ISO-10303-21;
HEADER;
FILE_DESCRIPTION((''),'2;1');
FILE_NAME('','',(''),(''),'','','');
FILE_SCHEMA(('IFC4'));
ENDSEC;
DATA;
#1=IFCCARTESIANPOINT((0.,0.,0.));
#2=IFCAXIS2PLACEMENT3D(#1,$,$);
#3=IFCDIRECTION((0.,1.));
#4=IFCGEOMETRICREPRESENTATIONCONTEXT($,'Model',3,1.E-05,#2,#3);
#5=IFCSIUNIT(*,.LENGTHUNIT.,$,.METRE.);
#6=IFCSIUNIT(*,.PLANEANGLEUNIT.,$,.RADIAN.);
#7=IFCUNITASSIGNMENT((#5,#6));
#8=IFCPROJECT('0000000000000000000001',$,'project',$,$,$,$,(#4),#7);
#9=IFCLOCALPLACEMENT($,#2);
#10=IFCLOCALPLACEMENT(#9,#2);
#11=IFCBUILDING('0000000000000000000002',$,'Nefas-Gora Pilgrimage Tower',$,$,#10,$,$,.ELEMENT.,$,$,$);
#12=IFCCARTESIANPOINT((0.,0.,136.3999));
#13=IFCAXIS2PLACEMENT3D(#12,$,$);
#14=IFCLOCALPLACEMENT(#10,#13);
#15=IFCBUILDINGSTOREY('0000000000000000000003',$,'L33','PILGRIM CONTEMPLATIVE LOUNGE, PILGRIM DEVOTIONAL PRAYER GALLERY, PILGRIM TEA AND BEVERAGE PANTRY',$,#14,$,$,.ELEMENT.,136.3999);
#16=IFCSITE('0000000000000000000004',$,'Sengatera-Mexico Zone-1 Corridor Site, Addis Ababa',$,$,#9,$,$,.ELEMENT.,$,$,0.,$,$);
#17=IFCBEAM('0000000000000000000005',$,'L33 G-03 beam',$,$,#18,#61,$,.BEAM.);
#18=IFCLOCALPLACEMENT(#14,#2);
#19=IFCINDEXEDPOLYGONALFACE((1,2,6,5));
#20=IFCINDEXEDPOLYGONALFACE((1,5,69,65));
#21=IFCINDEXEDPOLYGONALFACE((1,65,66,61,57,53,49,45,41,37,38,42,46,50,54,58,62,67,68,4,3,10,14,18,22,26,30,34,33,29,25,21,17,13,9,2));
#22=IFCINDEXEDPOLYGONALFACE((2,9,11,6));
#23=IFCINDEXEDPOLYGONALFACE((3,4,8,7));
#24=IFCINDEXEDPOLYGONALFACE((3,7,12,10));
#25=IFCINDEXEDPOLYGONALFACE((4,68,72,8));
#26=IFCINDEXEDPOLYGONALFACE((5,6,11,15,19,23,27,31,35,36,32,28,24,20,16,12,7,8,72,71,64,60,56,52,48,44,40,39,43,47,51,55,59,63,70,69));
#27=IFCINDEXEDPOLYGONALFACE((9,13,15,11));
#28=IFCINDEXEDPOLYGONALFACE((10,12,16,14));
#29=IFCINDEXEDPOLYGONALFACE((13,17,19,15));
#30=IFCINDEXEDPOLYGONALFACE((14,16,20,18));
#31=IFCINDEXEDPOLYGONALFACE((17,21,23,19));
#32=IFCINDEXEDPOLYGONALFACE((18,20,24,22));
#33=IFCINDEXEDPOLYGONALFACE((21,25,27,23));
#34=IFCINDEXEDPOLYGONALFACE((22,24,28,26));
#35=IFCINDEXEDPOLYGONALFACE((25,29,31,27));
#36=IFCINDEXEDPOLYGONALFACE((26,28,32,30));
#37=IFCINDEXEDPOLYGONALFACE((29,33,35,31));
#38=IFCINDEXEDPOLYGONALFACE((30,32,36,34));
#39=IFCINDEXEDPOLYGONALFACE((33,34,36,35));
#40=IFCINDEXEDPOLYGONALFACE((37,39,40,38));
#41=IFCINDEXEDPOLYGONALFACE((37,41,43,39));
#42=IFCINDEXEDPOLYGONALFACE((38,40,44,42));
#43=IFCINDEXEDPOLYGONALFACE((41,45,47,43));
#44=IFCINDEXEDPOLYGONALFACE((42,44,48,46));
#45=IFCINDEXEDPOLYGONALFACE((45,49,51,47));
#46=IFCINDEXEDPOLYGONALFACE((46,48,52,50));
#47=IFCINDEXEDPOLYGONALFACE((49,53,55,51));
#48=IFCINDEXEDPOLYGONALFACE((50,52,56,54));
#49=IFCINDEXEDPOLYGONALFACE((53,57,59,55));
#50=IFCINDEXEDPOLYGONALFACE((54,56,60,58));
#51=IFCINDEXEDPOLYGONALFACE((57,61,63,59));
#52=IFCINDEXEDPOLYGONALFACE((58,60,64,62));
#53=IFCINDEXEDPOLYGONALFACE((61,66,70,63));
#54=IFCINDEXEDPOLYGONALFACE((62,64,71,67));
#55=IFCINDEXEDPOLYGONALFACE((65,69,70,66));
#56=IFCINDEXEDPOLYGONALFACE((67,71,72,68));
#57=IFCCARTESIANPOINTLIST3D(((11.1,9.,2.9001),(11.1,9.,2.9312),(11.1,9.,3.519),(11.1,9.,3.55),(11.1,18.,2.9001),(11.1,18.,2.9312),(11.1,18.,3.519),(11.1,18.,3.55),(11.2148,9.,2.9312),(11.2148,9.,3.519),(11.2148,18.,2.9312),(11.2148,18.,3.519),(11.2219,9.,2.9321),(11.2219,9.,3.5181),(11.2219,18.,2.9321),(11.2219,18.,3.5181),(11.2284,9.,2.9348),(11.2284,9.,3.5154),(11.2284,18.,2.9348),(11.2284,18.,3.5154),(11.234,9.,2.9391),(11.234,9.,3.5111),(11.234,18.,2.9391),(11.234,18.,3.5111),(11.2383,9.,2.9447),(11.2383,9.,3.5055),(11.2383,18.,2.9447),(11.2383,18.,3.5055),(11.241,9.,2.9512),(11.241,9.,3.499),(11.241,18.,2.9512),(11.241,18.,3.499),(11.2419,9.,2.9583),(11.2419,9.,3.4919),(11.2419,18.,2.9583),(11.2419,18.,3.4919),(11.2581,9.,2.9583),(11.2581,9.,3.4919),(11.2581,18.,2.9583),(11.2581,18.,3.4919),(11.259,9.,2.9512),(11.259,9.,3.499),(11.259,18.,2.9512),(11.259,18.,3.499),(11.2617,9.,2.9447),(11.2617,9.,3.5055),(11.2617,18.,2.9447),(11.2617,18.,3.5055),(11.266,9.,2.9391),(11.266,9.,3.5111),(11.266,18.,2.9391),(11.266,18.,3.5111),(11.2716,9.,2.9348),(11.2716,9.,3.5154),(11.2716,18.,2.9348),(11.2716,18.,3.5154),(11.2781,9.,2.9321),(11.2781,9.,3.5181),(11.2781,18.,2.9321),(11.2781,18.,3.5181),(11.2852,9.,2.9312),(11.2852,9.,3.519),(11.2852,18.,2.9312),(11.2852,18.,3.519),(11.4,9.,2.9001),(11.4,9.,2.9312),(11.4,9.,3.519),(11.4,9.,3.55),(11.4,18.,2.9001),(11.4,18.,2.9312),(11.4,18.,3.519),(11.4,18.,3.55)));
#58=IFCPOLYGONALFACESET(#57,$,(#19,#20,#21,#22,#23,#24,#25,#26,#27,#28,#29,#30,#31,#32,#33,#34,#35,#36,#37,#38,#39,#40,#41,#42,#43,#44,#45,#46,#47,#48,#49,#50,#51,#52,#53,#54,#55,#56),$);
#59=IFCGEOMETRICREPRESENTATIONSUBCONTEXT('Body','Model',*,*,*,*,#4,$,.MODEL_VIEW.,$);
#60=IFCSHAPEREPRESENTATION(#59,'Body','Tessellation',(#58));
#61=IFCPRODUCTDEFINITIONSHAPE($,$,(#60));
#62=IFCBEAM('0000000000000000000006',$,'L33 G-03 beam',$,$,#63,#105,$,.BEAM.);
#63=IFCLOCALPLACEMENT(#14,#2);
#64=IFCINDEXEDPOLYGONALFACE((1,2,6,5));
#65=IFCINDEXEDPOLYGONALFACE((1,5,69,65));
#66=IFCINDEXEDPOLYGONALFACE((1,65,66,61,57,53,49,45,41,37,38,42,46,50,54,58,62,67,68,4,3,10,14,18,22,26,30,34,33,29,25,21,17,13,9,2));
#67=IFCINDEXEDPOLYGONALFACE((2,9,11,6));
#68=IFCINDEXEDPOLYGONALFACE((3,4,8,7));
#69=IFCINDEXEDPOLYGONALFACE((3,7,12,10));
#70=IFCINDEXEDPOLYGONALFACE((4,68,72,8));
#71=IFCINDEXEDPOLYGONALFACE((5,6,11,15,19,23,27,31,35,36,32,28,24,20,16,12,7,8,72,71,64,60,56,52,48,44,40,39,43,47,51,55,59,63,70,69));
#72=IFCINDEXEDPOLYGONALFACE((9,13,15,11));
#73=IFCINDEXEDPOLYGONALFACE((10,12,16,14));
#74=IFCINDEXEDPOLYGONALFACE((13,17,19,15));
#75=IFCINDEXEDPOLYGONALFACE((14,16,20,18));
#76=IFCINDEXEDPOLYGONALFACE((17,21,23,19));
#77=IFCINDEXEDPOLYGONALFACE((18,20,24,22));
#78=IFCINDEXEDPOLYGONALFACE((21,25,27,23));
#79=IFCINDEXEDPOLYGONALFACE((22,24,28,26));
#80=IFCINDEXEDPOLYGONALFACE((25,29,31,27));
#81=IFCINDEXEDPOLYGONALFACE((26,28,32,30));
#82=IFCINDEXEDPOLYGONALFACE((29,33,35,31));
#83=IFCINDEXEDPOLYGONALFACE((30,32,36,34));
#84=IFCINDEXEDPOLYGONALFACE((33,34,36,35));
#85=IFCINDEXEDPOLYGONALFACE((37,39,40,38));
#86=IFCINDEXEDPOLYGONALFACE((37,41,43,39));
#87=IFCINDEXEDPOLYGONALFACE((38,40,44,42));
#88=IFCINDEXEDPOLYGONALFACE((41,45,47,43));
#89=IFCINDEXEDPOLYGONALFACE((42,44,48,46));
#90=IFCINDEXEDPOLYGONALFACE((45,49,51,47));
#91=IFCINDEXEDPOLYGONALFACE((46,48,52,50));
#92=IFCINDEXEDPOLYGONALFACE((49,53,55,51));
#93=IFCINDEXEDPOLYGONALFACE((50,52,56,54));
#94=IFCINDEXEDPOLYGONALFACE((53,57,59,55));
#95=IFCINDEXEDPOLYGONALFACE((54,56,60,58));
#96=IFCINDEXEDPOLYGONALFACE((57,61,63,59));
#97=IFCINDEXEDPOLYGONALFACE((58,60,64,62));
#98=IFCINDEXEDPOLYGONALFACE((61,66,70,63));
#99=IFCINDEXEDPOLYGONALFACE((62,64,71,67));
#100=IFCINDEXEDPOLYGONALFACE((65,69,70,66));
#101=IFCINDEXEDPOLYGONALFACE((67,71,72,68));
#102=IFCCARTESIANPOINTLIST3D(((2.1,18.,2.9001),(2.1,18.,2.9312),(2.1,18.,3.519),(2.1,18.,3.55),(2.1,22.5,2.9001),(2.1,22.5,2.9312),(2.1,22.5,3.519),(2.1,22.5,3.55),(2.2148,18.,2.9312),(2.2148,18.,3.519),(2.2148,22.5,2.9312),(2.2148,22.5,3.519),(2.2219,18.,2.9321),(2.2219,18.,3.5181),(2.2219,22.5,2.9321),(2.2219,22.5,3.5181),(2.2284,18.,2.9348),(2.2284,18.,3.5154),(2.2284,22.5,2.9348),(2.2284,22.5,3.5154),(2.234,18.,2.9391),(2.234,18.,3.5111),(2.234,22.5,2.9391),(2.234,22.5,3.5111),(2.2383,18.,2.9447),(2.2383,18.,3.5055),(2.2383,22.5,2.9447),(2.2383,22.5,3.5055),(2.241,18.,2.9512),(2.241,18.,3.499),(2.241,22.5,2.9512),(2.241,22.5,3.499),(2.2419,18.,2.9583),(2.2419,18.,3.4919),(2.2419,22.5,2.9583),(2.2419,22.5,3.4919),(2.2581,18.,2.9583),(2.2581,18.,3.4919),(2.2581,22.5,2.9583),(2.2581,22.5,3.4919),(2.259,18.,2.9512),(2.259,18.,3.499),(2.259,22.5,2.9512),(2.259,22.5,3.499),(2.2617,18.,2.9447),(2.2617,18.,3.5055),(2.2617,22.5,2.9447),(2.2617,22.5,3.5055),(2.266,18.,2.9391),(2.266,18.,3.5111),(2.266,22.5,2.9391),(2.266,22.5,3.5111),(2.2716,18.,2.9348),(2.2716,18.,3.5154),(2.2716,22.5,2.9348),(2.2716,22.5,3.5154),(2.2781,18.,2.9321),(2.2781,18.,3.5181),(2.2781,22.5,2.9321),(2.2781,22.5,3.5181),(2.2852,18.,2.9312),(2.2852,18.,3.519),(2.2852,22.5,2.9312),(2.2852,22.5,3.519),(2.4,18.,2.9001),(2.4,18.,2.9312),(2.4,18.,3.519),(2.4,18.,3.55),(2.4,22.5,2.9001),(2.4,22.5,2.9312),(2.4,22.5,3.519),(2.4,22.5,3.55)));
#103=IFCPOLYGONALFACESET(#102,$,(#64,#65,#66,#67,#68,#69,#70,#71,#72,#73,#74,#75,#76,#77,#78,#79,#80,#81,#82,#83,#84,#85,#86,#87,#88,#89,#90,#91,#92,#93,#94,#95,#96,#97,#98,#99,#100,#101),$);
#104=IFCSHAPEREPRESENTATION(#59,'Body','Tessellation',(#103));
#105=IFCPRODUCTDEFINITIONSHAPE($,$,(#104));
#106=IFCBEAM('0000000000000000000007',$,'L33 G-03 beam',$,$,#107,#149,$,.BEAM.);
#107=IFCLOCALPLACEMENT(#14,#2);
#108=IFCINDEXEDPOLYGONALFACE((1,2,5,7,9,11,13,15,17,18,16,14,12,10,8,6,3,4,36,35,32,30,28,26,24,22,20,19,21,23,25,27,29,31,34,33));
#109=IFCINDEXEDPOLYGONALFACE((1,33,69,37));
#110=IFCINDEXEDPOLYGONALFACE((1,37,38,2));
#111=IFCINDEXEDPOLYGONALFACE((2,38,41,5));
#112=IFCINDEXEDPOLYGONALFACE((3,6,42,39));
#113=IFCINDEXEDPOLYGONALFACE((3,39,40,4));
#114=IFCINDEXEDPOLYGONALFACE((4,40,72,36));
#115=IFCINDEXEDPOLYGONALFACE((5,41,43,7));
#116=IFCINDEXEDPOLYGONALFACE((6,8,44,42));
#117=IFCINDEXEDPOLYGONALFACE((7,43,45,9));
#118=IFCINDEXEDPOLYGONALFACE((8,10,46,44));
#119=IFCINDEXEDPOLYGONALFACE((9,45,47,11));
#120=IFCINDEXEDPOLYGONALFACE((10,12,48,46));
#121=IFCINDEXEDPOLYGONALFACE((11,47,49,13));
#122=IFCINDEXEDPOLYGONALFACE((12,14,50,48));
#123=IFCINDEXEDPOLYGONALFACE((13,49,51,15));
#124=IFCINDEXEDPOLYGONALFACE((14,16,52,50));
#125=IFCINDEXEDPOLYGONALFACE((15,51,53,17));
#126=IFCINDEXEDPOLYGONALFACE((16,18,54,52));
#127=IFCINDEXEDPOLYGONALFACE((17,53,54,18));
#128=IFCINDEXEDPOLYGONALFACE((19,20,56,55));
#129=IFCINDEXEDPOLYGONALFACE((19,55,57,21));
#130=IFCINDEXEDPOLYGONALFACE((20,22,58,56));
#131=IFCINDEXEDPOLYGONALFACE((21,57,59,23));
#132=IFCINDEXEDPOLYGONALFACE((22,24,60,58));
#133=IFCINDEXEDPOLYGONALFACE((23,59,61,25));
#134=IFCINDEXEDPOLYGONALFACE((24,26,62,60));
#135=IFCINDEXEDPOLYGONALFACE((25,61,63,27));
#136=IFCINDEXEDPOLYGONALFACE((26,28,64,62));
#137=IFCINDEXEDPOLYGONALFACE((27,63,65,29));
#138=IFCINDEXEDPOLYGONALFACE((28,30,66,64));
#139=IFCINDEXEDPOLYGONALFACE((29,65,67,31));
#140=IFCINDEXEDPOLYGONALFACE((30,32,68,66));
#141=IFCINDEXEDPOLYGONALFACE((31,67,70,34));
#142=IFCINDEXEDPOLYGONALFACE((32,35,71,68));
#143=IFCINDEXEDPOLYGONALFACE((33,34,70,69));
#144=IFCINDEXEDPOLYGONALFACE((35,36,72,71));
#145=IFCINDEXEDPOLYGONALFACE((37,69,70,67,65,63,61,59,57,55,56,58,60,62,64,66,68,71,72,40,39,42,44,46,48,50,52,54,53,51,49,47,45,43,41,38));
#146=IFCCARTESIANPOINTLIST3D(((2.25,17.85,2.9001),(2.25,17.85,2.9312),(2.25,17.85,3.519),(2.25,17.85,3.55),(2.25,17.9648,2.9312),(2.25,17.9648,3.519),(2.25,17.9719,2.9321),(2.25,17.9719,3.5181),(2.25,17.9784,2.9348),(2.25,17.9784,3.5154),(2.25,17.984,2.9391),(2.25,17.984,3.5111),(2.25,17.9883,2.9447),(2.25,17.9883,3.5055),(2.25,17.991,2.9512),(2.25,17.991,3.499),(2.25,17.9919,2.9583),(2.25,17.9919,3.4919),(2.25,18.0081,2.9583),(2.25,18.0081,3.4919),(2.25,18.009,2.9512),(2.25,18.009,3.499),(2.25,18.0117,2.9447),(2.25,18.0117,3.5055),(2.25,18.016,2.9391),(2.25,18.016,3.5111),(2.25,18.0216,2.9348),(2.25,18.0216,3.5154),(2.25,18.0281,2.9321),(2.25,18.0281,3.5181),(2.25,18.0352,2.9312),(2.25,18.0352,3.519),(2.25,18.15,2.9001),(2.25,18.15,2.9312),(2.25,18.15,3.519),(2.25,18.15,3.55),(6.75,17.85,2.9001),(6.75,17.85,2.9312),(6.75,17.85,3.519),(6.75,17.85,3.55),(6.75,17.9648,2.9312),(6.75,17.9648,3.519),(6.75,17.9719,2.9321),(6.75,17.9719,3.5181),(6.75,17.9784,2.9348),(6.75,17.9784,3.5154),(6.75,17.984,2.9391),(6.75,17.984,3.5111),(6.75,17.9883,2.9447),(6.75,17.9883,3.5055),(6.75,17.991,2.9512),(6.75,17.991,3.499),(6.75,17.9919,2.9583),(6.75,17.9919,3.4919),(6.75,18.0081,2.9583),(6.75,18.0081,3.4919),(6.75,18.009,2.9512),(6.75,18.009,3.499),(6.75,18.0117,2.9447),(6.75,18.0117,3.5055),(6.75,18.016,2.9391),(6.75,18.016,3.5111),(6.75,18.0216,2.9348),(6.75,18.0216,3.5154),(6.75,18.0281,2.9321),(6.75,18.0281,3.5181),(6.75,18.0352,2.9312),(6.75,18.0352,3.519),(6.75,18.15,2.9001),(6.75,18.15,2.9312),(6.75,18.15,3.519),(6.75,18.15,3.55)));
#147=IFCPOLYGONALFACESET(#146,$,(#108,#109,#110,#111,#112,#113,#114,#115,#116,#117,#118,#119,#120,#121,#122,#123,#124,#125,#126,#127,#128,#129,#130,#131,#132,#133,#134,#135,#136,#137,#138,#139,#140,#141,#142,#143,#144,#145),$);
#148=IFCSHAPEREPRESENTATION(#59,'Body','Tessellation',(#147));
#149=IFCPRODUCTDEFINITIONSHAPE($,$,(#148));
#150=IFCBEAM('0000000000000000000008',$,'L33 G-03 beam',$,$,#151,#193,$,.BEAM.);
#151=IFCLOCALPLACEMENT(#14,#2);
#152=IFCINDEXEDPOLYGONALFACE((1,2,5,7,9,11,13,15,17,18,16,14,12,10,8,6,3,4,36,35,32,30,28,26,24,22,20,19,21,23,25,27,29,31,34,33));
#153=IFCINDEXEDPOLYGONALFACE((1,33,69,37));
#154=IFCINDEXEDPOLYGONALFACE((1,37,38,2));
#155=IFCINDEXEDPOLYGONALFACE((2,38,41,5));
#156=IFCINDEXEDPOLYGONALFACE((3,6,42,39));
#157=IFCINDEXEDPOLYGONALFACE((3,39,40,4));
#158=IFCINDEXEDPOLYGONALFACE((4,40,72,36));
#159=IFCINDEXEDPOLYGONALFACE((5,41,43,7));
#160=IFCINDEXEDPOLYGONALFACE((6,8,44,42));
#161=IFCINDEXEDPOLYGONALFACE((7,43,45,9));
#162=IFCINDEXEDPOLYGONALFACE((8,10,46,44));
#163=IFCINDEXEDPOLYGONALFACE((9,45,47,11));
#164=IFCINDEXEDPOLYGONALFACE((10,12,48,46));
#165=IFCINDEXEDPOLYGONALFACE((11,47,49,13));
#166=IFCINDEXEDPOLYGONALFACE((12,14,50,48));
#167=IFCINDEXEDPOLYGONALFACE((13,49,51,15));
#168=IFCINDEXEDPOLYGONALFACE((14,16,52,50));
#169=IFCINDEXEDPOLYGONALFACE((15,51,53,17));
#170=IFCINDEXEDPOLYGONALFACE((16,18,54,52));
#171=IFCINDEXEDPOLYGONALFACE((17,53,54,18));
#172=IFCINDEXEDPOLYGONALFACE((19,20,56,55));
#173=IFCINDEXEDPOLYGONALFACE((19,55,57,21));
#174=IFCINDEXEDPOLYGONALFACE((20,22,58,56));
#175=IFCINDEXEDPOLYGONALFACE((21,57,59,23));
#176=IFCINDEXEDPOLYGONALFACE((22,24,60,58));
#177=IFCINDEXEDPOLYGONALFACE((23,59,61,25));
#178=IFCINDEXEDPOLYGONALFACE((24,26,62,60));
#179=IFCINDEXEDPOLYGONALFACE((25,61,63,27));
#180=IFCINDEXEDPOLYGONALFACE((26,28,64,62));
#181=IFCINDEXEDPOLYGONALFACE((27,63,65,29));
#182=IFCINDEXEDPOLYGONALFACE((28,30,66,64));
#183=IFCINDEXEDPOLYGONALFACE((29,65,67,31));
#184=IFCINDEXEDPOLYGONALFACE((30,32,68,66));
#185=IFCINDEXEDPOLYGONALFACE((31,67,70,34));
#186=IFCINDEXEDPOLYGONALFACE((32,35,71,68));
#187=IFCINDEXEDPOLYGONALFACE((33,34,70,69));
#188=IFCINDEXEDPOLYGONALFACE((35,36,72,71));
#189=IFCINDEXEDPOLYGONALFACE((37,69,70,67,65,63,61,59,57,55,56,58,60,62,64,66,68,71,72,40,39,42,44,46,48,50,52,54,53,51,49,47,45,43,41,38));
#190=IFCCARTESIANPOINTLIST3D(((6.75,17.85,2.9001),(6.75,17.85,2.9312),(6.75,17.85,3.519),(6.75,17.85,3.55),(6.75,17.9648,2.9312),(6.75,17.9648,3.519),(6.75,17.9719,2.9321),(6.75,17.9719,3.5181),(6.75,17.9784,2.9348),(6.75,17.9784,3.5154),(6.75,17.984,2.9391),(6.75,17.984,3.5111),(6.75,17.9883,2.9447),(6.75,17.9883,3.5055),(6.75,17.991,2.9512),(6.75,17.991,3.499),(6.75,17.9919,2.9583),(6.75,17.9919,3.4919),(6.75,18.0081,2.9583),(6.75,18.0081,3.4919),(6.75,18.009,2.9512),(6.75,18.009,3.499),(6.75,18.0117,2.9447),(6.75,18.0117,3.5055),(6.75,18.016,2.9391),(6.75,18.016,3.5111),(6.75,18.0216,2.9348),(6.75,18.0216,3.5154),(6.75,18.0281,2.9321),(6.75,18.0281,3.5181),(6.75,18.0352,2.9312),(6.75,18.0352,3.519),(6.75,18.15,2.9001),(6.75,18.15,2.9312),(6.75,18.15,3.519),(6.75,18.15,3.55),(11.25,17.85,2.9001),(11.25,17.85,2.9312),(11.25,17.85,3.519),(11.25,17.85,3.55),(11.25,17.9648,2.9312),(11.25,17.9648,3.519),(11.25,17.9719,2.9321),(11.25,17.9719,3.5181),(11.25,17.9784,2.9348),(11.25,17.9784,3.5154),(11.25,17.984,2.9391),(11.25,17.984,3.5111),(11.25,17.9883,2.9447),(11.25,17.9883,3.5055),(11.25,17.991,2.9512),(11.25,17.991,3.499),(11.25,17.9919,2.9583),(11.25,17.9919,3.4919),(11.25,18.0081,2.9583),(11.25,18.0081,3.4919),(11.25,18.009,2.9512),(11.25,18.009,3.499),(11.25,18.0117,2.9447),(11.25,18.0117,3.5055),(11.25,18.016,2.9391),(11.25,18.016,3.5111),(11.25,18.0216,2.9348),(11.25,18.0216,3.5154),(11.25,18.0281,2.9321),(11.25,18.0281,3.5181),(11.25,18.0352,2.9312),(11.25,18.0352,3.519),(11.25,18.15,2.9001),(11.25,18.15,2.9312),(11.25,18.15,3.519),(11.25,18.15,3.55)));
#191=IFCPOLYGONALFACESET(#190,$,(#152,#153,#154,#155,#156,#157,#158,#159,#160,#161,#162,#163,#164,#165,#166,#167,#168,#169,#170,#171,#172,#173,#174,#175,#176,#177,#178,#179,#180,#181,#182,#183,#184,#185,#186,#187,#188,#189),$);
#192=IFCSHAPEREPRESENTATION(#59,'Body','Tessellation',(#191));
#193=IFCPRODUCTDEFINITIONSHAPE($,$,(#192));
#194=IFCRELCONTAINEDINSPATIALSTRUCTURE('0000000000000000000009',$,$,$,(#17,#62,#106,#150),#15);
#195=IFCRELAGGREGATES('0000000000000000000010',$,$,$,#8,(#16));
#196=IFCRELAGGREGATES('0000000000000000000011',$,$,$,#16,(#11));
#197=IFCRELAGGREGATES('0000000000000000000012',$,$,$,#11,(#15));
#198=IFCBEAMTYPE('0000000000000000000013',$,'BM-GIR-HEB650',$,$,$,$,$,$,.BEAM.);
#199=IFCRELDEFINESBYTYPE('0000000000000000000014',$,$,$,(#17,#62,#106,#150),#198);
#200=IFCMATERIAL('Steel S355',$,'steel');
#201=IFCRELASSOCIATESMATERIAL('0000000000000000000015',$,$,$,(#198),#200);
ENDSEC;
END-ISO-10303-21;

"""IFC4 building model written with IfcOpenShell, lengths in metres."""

from ifc_helpers import new_model, si_unit, direction, frame, origin, origin_2d, place, context, subcontext, project, spatial, i_section, extrude, source, transform, mapped, material, material_profile, profile_set, type_object, element, save


model = new_model("IFC4")

# Units and contexts
model_context = context("Model", 3, precision=1e-05, world=origin(), true_north=direction((0.0, 1.0)))
body_context = subcontext(model_context, "Body", "Model", "MODEL_VIEW")
ifc_project = project(units=[si_unit("LENGTHUNIT", "METRE"), si_unit("PLANEANGLEUNIT", "RADIAN")], contexts=[model_context])

# Site, building, storey
site_placement = place(None, origin())
site = spatial("IfcSite", under=ifc_project, at=site_placement, Name="Sengatera-Mexico Zone-1 Corridor Site, Addis Ababa", CompositionType="ELEMENT", RefElevation=0.0)
building_placement = place(site_placement, origin())
building = spatial("IfcBuilding", under=site, at=building_placement, Name="Nefas-Gora Pilgrimage Tower", CompositionType="ELEMENT")
storey_placement = place(building_placement, frame((0.0, 0.0, 136.3999)))
storey = spatial("IfcBuildingStorey", under=building, at=storey_placement, Name="L33", Description="PILGRIM CONTEMPLATIVE LOUNGE, PILGRIM DEVOTIONAL PRAYER GALLERY, PILGRIM TEA AND BEVERAGE PANTRY", CompositionType="ELEMENT", Elevation=136.3999)

# Beams
ifc_material_1 = material(Name="Steel S355", Category="steel")
ifc_material_profile_1 = material_profile(ifc_material_1, i_section(OverallWidth=0.3, OverallDepth=0.6499, WebThickness=0.0161, FlangeThickness=0.031, FilletRadius=0.0271, at=origin_2d()), Name="HEB 650")
ifc_profile_set_1 = profile_set([ifc_material_profile_1], Name="Steel S355")
beam_type_1 = type_object("IfcBeamType", Name="BM-GIR-HEB650", PredefinedType="BEAM", material=ifc_profile_set_1)
shared_shape_1 = source(origin(), body_context, "Body", "SweptSolid", [
    extrude(i_section(OverallWidth=0.3, OverallDepth=0.6499, WebThickness=0.0161, FlangeThickness=0.031, FilletRadius=0.0271, at=origin_2d()), origin(), (0.0, 0.0, 1.0), 9.0),
])
beam_1_placement = place(storey_placement, frame((11.25, 9.0, 3.2251), z_axis=(0.0, 1.0, 0.0), x_axis=(-1.0, 0.0, 0.0)))
element("IfcBeam", 1, at=beam_1_placement, inside=storey, type_object=beam_type_1, Name="L33 G-03 beam", PredefinedType="BEAM", context=body_context, shape_type="MappedRepresentation", body=[
    mapped(shared_shape_1, transform((0.0, 0.0, 0.0), x_axis=(1.0, 0.0, 0.0), y_axis=(0.0, 1.0, 0.0), z_axis=(0.0, 0.0, 1.0), scale=1.0)),
])
shared_shape_2 = source(origin(), body_context, "Body", "SweptSolid", [
    extrude(i_section(OverallWidth=0.3, OverallDepth=0.6499, WebThickness=0.0161, FlangeThickness=0.031, FilletRadius=0.0271, at=origin_2d()), origin(), (0.0, 0.0, 1.0), 4.5),
])
for number, where, z_axis, x_axis, name in (
    (2, (2.25, 18.0, 3.2251), (0.0, 1.0, 0.0), (-1.0, 0.0, 0.0), "L33 G-03 beam"),
    (3, (2.25, 18.0, 3.2251), (1.0, 0.0, 0.0), (0.0, 1.0, 0.0), "L33 G-03 beam"),
    (4, (6.75, 18.0, 3.2251), (1.0, 0.0, 0.0), (0.0, 1.0, 0.0), "L33 G-03 beam"),
):
    element("IfcBeam", number, at=place(storey_placement, frame(where, z_axis=z_axis, x_axis=x_axis)), inside=storey, type_object=beam_type_1, Name=name, PredefinedType="BEAM", context=body_context, shape_type="MappedRepresentation", body=[
        mapped(shared_shape_2, transform((0.0, 0.0, 0.0), x_axis=(1.0, 0.0, 0.0), y_axis=(0.0, 1.0, 0.0), z_axis=(0.0, 0.0, 1.0), scale=1.0)),
    ])

save(model, "model.ifc")
